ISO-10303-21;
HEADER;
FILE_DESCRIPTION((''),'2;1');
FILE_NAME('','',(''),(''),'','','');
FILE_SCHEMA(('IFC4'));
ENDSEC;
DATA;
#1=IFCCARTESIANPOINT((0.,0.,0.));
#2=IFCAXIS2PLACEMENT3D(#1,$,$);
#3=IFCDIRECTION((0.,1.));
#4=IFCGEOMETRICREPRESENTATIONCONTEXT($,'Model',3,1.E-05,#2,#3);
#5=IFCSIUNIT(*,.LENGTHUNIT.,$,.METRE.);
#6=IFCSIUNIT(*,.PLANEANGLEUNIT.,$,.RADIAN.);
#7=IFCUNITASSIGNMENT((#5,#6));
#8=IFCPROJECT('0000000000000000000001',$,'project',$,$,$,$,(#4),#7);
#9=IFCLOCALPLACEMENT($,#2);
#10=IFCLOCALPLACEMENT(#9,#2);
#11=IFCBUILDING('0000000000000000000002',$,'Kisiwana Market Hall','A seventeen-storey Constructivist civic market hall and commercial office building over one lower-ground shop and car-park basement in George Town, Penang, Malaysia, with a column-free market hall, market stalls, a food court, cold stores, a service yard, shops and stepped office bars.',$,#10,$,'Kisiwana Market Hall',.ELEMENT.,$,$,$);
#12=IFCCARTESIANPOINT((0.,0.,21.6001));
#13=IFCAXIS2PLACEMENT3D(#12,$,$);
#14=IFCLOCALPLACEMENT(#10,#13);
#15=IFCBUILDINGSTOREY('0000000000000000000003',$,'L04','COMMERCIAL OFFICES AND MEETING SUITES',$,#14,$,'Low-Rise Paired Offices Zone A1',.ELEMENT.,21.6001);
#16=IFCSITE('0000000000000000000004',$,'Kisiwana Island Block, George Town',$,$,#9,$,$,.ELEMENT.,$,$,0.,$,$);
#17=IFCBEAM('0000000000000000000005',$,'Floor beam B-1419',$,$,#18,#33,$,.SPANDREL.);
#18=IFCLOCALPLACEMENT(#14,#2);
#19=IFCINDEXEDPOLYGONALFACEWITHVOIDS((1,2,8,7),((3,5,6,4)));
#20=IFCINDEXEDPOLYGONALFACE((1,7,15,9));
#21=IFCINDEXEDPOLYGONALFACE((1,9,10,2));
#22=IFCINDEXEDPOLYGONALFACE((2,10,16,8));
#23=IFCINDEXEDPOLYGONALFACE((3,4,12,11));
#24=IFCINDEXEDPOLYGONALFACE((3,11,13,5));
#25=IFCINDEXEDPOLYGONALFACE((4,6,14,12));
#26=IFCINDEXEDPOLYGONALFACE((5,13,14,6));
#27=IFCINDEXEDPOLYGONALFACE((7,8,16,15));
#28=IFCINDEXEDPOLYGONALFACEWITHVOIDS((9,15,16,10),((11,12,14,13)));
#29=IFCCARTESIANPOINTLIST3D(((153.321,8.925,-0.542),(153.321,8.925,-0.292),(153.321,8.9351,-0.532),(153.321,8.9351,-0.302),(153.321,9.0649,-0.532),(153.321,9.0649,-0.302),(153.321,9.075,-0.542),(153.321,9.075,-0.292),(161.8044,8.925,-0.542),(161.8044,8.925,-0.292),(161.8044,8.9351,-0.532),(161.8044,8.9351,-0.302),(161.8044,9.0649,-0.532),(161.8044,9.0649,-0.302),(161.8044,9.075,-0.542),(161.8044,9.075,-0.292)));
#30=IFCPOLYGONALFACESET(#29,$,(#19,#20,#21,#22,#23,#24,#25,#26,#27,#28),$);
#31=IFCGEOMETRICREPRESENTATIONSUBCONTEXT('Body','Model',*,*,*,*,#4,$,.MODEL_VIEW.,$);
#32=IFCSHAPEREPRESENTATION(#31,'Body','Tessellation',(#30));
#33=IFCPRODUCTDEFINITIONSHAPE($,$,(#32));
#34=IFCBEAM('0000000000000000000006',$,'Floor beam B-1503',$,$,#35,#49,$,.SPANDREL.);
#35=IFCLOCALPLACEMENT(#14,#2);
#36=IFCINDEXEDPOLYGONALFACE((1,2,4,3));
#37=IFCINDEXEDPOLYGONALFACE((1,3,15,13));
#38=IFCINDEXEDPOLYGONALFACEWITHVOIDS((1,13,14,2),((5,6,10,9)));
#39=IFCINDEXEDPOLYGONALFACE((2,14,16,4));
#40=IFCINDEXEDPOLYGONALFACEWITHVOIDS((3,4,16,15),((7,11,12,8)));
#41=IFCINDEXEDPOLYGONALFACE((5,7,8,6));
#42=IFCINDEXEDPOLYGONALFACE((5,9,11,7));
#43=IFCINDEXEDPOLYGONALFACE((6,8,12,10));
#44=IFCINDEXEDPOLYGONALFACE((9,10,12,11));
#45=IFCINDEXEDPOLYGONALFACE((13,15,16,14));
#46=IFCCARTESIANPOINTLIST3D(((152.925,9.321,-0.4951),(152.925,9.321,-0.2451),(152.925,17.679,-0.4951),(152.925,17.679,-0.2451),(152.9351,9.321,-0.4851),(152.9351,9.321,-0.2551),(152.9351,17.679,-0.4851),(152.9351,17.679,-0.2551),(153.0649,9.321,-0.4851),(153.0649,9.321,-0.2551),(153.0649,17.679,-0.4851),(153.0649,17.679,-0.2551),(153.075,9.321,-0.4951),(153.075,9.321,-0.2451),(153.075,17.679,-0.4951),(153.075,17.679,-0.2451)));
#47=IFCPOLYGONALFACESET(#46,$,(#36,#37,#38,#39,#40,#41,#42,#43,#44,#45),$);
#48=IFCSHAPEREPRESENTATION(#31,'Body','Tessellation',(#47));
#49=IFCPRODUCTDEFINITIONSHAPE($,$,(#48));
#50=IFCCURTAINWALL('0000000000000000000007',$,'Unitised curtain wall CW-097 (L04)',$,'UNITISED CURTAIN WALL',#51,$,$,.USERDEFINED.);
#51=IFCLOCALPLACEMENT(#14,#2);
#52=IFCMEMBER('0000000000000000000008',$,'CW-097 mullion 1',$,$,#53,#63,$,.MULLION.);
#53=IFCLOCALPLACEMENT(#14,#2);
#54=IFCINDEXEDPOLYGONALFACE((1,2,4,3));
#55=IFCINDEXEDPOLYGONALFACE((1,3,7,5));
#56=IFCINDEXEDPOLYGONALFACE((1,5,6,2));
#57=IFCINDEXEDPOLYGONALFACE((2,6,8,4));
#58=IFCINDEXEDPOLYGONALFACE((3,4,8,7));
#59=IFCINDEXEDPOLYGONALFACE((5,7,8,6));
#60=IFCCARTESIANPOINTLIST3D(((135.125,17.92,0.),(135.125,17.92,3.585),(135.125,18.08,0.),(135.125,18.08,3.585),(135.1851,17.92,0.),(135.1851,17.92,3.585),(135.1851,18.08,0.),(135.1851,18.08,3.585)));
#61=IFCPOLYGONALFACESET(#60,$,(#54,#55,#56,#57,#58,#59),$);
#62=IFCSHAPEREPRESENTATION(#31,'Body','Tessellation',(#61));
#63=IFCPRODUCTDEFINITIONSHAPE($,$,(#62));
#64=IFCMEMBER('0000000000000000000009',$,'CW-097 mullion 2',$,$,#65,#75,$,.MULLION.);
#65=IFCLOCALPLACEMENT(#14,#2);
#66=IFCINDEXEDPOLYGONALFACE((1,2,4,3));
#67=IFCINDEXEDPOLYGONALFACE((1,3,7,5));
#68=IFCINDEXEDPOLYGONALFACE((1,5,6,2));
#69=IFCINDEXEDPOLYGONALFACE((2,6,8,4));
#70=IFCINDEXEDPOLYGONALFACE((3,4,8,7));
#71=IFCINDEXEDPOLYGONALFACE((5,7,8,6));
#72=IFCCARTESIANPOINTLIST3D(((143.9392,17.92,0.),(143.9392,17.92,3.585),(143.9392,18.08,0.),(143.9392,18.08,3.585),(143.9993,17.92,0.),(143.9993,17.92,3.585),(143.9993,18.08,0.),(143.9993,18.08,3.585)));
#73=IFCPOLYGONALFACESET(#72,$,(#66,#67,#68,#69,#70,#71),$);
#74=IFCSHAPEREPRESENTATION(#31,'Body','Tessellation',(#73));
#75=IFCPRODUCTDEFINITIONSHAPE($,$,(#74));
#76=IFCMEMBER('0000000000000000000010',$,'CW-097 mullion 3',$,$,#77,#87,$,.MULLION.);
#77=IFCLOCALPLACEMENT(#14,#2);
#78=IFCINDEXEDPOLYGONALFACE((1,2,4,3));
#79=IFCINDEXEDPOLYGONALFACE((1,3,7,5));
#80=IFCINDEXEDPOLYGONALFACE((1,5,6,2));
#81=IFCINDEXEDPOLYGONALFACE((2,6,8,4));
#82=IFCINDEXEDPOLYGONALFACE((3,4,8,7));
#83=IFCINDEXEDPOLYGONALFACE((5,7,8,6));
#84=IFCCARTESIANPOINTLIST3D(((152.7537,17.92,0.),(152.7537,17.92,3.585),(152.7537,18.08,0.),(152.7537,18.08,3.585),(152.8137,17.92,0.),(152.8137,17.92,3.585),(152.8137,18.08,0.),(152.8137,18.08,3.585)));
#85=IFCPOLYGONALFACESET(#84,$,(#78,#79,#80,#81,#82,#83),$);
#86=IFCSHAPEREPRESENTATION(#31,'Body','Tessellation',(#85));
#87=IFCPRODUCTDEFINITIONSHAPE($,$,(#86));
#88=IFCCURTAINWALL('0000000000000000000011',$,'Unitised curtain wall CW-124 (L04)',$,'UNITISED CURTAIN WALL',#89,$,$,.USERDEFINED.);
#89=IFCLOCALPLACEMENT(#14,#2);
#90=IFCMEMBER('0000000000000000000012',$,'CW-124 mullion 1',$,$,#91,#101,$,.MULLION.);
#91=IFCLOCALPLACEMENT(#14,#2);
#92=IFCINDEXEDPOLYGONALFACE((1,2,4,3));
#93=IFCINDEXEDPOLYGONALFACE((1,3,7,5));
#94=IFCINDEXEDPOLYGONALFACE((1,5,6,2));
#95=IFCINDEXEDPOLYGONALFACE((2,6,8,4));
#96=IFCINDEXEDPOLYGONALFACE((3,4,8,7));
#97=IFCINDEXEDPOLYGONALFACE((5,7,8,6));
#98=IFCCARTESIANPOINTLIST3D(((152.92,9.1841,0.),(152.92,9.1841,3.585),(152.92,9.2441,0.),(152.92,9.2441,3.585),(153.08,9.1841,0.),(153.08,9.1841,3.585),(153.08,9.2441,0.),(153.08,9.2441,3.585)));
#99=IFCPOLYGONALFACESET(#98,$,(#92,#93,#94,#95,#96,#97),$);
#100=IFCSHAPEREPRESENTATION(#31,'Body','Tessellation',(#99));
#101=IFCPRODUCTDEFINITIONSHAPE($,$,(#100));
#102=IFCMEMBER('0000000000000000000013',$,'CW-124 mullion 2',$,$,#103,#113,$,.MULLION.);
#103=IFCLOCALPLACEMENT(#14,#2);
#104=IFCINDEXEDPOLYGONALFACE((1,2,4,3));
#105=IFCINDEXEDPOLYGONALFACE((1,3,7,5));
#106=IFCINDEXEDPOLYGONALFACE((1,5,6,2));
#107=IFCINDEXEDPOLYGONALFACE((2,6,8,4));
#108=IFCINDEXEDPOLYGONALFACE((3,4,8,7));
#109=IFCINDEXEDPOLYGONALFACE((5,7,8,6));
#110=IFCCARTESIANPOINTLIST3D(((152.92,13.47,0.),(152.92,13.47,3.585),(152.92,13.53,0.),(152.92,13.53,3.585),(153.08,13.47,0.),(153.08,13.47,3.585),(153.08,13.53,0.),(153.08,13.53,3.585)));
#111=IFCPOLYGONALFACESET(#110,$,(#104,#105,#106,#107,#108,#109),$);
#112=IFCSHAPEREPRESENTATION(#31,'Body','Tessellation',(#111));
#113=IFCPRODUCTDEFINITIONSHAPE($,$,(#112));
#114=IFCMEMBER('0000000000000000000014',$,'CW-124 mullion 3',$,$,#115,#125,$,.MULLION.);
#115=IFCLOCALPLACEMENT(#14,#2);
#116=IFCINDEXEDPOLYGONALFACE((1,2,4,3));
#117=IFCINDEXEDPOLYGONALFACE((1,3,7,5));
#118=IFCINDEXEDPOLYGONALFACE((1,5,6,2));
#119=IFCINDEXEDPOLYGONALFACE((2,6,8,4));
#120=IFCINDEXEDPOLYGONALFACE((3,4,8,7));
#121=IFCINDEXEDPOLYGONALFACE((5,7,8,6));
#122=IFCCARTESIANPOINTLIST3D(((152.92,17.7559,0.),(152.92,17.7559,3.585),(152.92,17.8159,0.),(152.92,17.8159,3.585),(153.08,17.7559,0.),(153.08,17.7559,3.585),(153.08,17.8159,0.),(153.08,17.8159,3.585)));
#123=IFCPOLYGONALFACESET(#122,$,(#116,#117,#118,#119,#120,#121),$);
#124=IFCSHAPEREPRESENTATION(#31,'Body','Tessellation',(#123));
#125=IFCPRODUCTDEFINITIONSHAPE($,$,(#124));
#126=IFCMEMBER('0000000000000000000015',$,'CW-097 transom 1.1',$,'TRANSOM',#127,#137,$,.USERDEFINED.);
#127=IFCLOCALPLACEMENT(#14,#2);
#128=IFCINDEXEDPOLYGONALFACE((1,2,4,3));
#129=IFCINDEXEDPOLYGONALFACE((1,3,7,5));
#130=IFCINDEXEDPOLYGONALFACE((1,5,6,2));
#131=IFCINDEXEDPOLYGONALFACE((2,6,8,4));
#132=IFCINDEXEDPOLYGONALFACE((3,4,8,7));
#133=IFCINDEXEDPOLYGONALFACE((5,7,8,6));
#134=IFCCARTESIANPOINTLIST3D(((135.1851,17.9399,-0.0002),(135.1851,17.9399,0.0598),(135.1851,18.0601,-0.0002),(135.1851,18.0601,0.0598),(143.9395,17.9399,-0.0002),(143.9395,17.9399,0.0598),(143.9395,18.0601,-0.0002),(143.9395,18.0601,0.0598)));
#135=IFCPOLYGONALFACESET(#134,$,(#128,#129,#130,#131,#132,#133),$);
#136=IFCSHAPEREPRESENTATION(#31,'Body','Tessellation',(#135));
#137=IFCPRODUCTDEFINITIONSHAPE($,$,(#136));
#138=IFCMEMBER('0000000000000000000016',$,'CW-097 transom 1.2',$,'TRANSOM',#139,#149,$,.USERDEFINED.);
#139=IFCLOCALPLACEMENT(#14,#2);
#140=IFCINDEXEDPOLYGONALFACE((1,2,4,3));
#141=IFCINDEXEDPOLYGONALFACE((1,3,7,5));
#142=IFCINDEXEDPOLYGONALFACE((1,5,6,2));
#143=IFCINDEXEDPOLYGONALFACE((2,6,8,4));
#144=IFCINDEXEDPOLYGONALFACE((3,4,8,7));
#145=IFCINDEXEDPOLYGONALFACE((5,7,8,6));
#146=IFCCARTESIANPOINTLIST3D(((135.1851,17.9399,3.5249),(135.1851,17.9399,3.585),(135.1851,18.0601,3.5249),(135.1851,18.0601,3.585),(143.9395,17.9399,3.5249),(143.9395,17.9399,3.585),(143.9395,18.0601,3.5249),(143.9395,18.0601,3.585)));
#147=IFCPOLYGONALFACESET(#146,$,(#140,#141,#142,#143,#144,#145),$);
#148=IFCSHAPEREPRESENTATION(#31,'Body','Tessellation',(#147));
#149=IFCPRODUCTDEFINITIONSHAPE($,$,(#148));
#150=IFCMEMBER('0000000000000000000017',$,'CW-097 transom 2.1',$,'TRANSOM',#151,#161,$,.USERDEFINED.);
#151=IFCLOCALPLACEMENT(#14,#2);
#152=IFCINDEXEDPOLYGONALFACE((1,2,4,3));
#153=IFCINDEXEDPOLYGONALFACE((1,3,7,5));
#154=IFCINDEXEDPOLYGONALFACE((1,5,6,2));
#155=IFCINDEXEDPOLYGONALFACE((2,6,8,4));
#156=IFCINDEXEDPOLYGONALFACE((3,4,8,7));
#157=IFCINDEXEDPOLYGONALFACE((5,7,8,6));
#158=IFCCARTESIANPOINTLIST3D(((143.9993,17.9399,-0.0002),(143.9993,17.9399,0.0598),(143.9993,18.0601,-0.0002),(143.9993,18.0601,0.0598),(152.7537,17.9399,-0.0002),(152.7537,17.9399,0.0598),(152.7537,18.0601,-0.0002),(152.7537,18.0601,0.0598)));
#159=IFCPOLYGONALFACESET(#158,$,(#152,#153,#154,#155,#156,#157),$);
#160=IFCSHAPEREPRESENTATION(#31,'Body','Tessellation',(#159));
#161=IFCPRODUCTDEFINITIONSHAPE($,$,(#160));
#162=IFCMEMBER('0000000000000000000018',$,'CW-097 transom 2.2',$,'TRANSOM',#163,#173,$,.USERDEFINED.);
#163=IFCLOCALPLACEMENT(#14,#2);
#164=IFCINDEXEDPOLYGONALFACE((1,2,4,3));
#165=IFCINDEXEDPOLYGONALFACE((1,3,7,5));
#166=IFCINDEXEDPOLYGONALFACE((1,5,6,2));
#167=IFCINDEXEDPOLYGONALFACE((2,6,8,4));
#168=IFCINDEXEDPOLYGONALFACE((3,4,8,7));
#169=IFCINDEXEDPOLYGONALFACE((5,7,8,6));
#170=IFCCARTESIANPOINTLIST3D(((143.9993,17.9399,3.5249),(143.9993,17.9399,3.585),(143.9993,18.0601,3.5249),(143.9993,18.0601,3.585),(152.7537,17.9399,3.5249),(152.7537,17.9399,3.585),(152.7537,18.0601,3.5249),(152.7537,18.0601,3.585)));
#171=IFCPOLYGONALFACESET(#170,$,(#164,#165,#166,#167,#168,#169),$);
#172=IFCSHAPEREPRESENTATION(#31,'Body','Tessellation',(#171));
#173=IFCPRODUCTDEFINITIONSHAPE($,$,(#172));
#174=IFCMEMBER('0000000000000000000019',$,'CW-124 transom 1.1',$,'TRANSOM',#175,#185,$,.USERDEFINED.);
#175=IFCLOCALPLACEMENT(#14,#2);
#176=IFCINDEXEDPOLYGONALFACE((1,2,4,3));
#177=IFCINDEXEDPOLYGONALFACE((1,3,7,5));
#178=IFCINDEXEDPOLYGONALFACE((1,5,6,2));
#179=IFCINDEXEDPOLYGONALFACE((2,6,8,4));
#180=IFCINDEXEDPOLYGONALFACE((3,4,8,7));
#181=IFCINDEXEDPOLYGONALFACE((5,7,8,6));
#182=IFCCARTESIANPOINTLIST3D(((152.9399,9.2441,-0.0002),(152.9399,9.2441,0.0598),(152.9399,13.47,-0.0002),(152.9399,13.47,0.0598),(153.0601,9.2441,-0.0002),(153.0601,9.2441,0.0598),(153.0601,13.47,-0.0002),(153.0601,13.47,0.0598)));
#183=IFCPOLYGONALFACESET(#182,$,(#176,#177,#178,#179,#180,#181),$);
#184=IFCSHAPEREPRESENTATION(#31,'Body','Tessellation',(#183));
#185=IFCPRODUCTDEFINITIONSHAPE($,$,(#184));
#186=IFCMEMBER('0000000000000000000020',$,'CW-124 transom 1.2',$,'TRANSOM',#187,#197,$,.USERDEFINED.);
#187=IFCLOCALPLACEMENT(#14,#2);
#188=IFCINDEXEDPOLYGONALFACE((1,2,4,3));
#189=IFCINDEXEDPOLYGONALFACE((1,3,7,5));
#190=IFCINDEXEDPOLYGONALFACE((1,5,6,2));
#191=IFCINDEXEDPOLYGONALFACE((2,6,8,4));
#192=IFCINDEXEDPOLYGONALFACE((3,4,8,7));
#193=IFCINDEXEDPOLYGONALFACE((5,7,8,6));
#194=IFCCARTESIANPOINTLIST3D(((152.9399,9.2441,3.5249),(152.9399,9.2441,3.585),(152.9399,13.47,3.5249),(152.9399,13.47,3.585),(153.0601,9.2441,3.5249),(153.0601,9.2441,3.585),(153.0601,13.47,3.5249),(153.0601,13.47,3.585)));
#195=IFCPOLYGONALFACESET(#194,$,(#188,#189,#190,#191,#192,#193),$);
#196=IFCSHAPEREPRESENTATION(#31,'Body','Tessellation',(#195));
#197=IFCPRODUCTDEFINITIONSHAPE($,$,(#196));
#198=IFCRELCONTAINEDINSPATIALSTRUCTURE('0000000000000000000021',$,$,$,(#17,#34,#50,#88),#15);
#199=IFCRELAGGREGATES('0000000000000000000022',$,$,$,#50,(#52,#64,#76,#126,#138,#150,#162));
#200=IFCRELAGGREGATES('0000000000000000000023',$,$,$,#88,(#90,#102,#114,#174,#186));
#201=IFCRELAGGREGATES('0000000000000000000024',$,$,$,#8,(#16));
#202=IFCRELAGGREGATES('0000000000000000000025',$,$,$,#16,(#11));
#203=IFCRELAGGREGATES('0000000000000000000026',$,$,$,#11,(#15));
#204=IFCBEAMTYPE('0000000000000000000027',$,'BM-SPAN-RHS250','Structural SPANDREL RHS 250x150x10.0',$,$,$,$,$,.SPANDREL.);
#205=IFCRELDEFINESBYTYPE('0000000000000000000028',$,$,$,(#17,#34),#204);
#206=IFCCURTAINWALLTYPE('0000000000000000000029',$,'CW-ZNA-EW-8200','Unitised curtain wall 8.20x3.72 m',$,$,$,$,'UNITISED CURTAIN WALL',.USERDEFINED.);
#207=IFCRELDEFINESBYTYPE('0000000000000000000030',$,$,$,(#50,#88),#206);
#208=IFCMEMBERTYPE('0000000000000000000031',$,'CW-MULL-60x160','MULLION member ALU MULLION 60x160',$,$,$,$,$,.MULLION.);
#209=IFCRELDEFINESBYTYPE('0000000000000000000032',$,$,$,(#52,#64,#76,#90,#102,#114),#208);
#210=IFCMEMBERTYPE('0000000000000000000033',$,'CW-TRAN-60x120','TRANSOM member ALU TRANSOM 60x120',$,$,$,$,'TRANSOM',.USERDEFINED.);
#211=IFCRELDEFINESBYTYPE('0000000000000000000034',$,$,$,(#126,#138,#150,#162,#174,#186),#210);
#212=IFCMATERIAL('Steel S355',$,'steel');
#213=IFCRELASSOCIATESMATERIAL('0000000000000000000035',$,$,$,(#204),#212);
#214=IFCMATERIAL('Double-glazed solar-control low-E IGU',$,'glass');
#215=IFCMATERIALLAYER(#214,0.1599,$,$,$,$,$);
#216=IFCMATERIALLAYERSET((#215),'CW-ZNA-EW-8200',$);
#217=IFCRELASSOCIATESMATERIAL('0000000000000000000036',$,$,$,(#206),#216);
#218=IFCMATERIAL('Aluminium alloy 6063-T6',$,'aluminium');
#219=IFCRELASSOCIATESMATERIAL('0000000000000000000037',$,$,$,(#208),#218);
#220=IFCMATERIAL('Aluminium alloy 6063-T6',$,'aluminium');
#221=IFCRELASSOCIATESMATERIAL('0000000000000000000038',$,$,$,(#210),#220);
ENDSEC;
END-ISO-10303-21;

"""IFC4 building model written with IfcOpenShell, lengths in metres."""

from ifc_helpers import new_model, si_unit, direction, frame, origin, origin_2d, place, context, subcontext, project, spatial, rectangle, hollow_rectangle, extrude, material, layer, layer_set, material_profile, profile_set, type_object, element, aggregate, save


model = new_model("IFC4")

# Units and contexts
model_context = context("Model", 3, precision=1e-05, world=origin(), true_north=direction((0.0, 1.0)))
body_context = subcontext(model_context, "Body", "Model", "MODEL_VIEW")
ifc_project = project(units=[si_unit("LENGTHUNIT", "METRE"), si_unit("PLANEANGLEUNIT", "RADIAN")], contexts=[model_context])

# Site, building, storey
site_placement = place(None, origin())
site = spatial("IfcSite", under=ifc_project, at=site_placement, Name="Kisiwana Island Block, George Town", CompositionType="ELEMENT", RefElevation=0.0)
building_placement = place(site_placement, origin())
building = spatial("IfcBuilding", under=site, at=building_placement, Name="Kisiwana Market Hall", Description="A seventeen-storey Constructivist civic market hall and commercial office building over one lower-ground shop and car-park basement in George Town, Penang, Malaysia, with a column-free market hall, market stalls, a food court, cold stores, a service yard, shops and stepped office bars.", LongName="Kisiwana Market Hall", CompositionType="ELEMENT")
storey_placement = place(building_placement, frame((0.0, 0.0, 21.6001)))
storey = spatial("IfcBuildingStorey", under=building, at=storey_placement, Name="L04", Description="COMMERCIAL OFFICES AND MEETING SUITES", LongName="Low-Rise Paired Offices Zone A1", CompositionType="ELEMENT", Elevation=21.6001)

# Beams
ifc_material_1 = material(Name="Steel S355", Category="steel")
ifc_material_profile_1 = material_profile(ifc_material_1, hollow_rectangle(XDim=0.1499, YDim=0.25, WallThickness=0.01, at=origin_2d()), Name="RHS 250x150x10.0")
ifc_profile_set_1 = profile_set([ifc_material_profile_1], Name="Steel S355")
beam_type_1 = type_object("IfcBeamType", Name="BM-SPAN-RHS250", Description="Structural SPANDREL RHS 250x150x10.0", PredefinedType="SPANDREL", material=ifc_profile_set_1)
beam_1_placement = place(storey_placement, frame((153.321, 9.0, -0.417), z_axis=(1.0, 0.0, 0.0), x_axis=(0.0, 1.0, 0.0)))
element("IfcBeam", 1, at=beam_1_placement, inside=storey, type_object=beam_type_1, Name="Floor beam B-1419", PredefinedType="SPANDREL", context=body_context, shape_type="SweptSolid", body=[
    extrude(hollow_rectangle(XDim=0.1499, YDim=0.25, WallThickness=0.01, at=origin_2d()), origin(), (0.0, 0.0, 1.0), 8.4834),
])
beam_2_placement = place(storey_placement, frame((153.0, 9.321, -0.3701), z_axis=(0.0, 1.0, 0.0), x_axis=(-1.0, 0.0, 0.0)))
element("IfcBeam", 2, at=beam_2_placement, inside=storey, type_object=beam_type_1, Name="Floor beam B-1503", PredefinedType="SPANDREL", context=body_context, shape_type="SweptSolid", body=[
    extrude(hollow_rectangle(XDim=0.1499, YDim=0.25, WallThickness=0.01, at=origin_2d()), origin(), (0.0, 0.0, 1.0), 8.3579),
])

# Curtain walls, members
ifc_material_2 = material(Name="Double-glazed solar-control low-E IGU", Category="glass")
ifc_layer_1 = layer(ifc_material_2, 0.1599)
ifc_layer_set_1 = layer_set([ifc_layer_1], Name="CW-ZNA-EW-8200")
curtain_wall_type = type_object("IfcCurtainWallType", Name="CW-ZNA-EW-8200", Description="Unitised curtain wall 8.20x3.72 m", ElementType="UNITISED CURTAIN WALL", PredefinedType="USERDEFINED", material=ifc_layer_set_1)
curtain_wall_1_placement = place(storey_placement, origin())
curtain_wall_1 = element("IfcCurtainWall", 3, at=curtain_wall_1_placement, inside=storey, type_object=curtain_wall_type, Name="Unitised curtain wall CW-097 (L04)", ObjectType="UNITISED CURTAIN WALL", PredefinedType="USERDEFINED")
ifc_material_3 = material(Name="Aluminium alloy 6063-T6", Category="aluminium")
ifc_material_profile_2 = material_profile(ifc_material_3, rectangle(XDim=0.0601, YDim=0.1599, at=origin_2d()), Name="ALU MULLION 60x160")
ifc_profile_set_2 = profile_set([ifc_material_profile_2], Name="Aluminium alloy 6063-T6")
member_type_1 = type_object("IfcMemberType", Name="CW-MULL-60x160", Description="MULLION member ALU MULLION 60x160", PredefinedType="MULLION", material=ifc_profile_set_2)
member_1_placement = place(storey_placement, frame((135.155, 18.0, 0.0), z_axis=(0.0, 0.0, 1.0), x_axis=(1.0, 0.0, 0.0)))
member_1 = element("IfcMember", 4, at=member_1_placement, type_object=member_type_1, Name="CW-097 mullion 1", PredefinedType="MULLION", context=body_context, shape_type="SweptSolid", body=[
    extrude(rectangle(XDim=0.0601, YDim=0.1599, at=origin_2d()), origin(), (0.0, 0.0, 1.0), 3.585),
])
member_2_placement = place(storey_placement, frame((143.9692, 18.0, 0.0), z_axis=(0.0, 0.0, 1.0), x_axis=(1.0, 0.0, 0.0)))
member_2 = element("IfcMember", 5, at=member_2_placement, type_object=member_type_1, Name="CW-097 mullion 2", PredefinedType="MULLION", context=body_context, shape_type="SweptSolid", body=[
    extrude(rectangle(XDim=0.0601, YDim=0.1599, at=origin_2d()), origin(), (0.0, 0.0, 1.0), 3.585),
])
member_3_placement = place(storey_placement, frame((152.7837, 18.0, 0.0), z_axis=(0.0, 0.0, 1.0), x_axis=(1.0, 0.0, 0.0)))
member_3 = element("IfcMember", 6, at=member_3_placement, type_object=member_type_1, Name="CW-097 mullion 3", PredefinedType="MULLION", context=body_context, shape_type="SweptSolid", body=[
    extrude(rectangle(XDim=0.0601, YDim=0.1599, at=origin_2d()), origin(), (0.0, 0.0, 1.0), 3.585),
])
curtain_wall_2_placement = place(storey_placement, origin())
curtain_wall_2 = element("IfcCurtainWall", 7, at=curtain_wall_2_placement, inside=storey, type_object=curtain_wall_type, Name="Unitised curtain wall CW-124 (L04)", ObjectType="UNITISED CURTAIN WALL", PredefinedType="USERDEFINED")
member_4_placement = place(storey_placement, frame((153.0, 9.2141, 0.0), z_axis=(0.0, 0.0, 1.0), x_axis=(0.0, 1.0, 0.0)))
member_4 = element("IfcMember", 8, at=member_4_placement, type_object=member_type_1, Name="CW-124 mullion 1", PredefinedType="MULLION", context=body_context, shape_type="SweptSolid", body=[
    extrude(rectangle(XDim=0.0601, YDim=0.1599, at=origin_2d()), origin(), (0.0, 0.0, 1.0), 3.585),
])
member_5_placement = place(storey_placement, frame((153.0, 13.5, 0.0), z_axis=(0.0, 0.0, 1.0), x_axis=(0.0, 1.0, 0.0)))
member_5 = element("IfcMember", 9, at=member_5_placement, type_object=member_type_1, Name="CW-124 mullion 2", PredefinedType="MULLION", context=body_context, shape_type="SweptSolid", body=[
    extrude(rectangle(XDim=0.0601, YDim=0.1599, at=origin_2d()), origin(), (0.0, 0.0, 1.0), 3.585),
])
member_6_placement = place(storey_placement, frame((153.0, 17.7859, 0.0), z_axis=(0.0, 0.0, 1.0), x_axis=(0.0, 1.0, 0.0)))
member_6 = element("IfcMember", 10, at=member_6_placement, type_object=member_type_1, Name="CW-124 mullion 3", PredefinedType="MULLION", context=body_context, shape_type="SweptSolid", body=[
    extrude(rectangle(XDim=0.0601, YDim=0.1599, at=origin_2d()), origin(), (0.0, 0.0, 1.0), 3.585),
])

# Members
ifc_material_4 = material(Name="Aluminium alloy 6063-T6", Category="aluminium")
ifc_material_profile_3 = material_profile(ifc_material_4, rectangle(XDim=0.1201, YDim=0.0601, at=origin_2d()), Name="ALU TRANSOM 60x120")
ifc_profile_set_3 = profile_set([ifc_material_profile_3], Name="Aluminium alloy 6063-T6")
member_type_2 = type_object("IfcMemberType", Name="CW-TRAN-60x120", Description="TRANSOM member ALU TRANSOM 60x120", ElementType="TRANSOM", PredefinedType="USERDEFINED", material=ifc_profile_set_3)
member_7_placement = place(storey_placement, frame((135.1851, 18.0, 0.0298), z_axis=(1.0, 0.0, 0.0), x_axis=(0.0, 1.0, 0.0)))
member_7 = element("IfcMember", 11, at=member_7_placement, type_object=member_type_2, Name="CW-097 transom 1.1", ObjectType="TRANSOM", PredefinedType="USERDEFINED", context=body_context, shape_type="SweptSolid", body=[
    extrude(rectangle(XDim=0.1201, YDim=0.0601, at=origin_2d()), origin(), (0.0, 0.0, 1.0), 8.7544),
])
member_8_placement = place(storey_placement, frame((135.1851, 18.0, 3.5549), z_axis=(1.0, 0.0, 0.0), x_axis=(0.0, 1.0, 0.0)))
member_8 = element("IfcMember", 12, at=member_8_placement, type_object=member_type_2, Name="CW-097 transom 1.2", ObjectType="TRANSOM", PredefinedType="USERDEFINED", context=body_context, shape_type="SweptSolid", body=[
    extrude(rectangle(XDim=0.1201, YDim=0.0601, at=origin_2d()), origin(), (0.0, 0.0, 1.0), 8.7544),
])
member_9_placement = place(storey_placement, frame((143.9993, 18.0, 0.0298), z_axis=(1.0, 0.0, 0.0), x_axis=(0.0, 1.0, 0.0)))
member_9 = element("IfcMember", 13, at=member_9_placement, type_object=member_type_2, Name="CW-097 transom 2.1", ObjectType="TRANSOM", PredefinedType="USERDEFINED", context=body_context, shape_type="SweptSolid", body=[
    extrude(rectangle(XDim=0.1201, YDim=0.0601, at=origin_2d()), origin(), (0.0, 0.0, 1.0), 8.7544),
])
member_10_placement = place(storey_placement, frame((143.9993, 18.0, 3.5549), z_axis=(1.0, 0.0, 0.0), x_axis=(0.0, 1.0, 0.0)))
member_10 = element("IfcMember", 14, at=member_10_placement, type_object=member_type_2, Name="CW-097 transom 2.2", ObjectType="TRANSOM", PredefinedType="USERDEFINED", context=body_context, shape_type="SweptSolid", body=[
    extrude(rectangle(XDim=0.1201, YDim=0.0601, at=origin_2d()), origin(), (0.0, 0.0, 1.0), 8.7544),
])
member_11_placement = place(storey_placement, frame((153.0, 9.2441, 0.0298), z_axis=(0.0, 1.0, 0.0), x_axis=(-1.0, 0.0, 0.0)))
member_11 = element("IfcMember", 15, at=member_11_placement, type_object=member_type_2, Name="CW-124 transom 1.1", ObjectType="TRANSOM", PredefinedType="USERDEFINED", context=body_context, shape_type="SweptSolid", body=[
    extrude(rectangle(XDim=0.1201, YDim=0.0601, at=origin_2d()), origin(), (0.0, 0.0, 1.0), 4.2258),
])
member_12_placement = place(storey_placement, frame((153.0, 9.2441, 3.5549), z_axis=(0.0, 1.0, 0.0), x_axis=(-1.0, 0.0, 0.0)))
member_12 = element("IfcMember", 16, at=member_12_placement, type_object=member_type_2, Name="CW-124 transom 1.2", ObjectType="TRANSOM", PredefinedType="USERDEFINED", context=body_context, shape_type="SweptSolid", body=[
    extrude(rectangle(XDim=0.1201, YDim=0.0601, at=origin_2d()), origin(), (0.0, 0.0, 1.0), 4.2258),
])

aggregate(curtain_wall_1, [member_1, member_2, member_3, member_7, member_8, member_9, member_10])
aggregate(curtain_wall_2, [member_4, member_5, member_6, member_11, member_12])

save(model, "model.ifc")
